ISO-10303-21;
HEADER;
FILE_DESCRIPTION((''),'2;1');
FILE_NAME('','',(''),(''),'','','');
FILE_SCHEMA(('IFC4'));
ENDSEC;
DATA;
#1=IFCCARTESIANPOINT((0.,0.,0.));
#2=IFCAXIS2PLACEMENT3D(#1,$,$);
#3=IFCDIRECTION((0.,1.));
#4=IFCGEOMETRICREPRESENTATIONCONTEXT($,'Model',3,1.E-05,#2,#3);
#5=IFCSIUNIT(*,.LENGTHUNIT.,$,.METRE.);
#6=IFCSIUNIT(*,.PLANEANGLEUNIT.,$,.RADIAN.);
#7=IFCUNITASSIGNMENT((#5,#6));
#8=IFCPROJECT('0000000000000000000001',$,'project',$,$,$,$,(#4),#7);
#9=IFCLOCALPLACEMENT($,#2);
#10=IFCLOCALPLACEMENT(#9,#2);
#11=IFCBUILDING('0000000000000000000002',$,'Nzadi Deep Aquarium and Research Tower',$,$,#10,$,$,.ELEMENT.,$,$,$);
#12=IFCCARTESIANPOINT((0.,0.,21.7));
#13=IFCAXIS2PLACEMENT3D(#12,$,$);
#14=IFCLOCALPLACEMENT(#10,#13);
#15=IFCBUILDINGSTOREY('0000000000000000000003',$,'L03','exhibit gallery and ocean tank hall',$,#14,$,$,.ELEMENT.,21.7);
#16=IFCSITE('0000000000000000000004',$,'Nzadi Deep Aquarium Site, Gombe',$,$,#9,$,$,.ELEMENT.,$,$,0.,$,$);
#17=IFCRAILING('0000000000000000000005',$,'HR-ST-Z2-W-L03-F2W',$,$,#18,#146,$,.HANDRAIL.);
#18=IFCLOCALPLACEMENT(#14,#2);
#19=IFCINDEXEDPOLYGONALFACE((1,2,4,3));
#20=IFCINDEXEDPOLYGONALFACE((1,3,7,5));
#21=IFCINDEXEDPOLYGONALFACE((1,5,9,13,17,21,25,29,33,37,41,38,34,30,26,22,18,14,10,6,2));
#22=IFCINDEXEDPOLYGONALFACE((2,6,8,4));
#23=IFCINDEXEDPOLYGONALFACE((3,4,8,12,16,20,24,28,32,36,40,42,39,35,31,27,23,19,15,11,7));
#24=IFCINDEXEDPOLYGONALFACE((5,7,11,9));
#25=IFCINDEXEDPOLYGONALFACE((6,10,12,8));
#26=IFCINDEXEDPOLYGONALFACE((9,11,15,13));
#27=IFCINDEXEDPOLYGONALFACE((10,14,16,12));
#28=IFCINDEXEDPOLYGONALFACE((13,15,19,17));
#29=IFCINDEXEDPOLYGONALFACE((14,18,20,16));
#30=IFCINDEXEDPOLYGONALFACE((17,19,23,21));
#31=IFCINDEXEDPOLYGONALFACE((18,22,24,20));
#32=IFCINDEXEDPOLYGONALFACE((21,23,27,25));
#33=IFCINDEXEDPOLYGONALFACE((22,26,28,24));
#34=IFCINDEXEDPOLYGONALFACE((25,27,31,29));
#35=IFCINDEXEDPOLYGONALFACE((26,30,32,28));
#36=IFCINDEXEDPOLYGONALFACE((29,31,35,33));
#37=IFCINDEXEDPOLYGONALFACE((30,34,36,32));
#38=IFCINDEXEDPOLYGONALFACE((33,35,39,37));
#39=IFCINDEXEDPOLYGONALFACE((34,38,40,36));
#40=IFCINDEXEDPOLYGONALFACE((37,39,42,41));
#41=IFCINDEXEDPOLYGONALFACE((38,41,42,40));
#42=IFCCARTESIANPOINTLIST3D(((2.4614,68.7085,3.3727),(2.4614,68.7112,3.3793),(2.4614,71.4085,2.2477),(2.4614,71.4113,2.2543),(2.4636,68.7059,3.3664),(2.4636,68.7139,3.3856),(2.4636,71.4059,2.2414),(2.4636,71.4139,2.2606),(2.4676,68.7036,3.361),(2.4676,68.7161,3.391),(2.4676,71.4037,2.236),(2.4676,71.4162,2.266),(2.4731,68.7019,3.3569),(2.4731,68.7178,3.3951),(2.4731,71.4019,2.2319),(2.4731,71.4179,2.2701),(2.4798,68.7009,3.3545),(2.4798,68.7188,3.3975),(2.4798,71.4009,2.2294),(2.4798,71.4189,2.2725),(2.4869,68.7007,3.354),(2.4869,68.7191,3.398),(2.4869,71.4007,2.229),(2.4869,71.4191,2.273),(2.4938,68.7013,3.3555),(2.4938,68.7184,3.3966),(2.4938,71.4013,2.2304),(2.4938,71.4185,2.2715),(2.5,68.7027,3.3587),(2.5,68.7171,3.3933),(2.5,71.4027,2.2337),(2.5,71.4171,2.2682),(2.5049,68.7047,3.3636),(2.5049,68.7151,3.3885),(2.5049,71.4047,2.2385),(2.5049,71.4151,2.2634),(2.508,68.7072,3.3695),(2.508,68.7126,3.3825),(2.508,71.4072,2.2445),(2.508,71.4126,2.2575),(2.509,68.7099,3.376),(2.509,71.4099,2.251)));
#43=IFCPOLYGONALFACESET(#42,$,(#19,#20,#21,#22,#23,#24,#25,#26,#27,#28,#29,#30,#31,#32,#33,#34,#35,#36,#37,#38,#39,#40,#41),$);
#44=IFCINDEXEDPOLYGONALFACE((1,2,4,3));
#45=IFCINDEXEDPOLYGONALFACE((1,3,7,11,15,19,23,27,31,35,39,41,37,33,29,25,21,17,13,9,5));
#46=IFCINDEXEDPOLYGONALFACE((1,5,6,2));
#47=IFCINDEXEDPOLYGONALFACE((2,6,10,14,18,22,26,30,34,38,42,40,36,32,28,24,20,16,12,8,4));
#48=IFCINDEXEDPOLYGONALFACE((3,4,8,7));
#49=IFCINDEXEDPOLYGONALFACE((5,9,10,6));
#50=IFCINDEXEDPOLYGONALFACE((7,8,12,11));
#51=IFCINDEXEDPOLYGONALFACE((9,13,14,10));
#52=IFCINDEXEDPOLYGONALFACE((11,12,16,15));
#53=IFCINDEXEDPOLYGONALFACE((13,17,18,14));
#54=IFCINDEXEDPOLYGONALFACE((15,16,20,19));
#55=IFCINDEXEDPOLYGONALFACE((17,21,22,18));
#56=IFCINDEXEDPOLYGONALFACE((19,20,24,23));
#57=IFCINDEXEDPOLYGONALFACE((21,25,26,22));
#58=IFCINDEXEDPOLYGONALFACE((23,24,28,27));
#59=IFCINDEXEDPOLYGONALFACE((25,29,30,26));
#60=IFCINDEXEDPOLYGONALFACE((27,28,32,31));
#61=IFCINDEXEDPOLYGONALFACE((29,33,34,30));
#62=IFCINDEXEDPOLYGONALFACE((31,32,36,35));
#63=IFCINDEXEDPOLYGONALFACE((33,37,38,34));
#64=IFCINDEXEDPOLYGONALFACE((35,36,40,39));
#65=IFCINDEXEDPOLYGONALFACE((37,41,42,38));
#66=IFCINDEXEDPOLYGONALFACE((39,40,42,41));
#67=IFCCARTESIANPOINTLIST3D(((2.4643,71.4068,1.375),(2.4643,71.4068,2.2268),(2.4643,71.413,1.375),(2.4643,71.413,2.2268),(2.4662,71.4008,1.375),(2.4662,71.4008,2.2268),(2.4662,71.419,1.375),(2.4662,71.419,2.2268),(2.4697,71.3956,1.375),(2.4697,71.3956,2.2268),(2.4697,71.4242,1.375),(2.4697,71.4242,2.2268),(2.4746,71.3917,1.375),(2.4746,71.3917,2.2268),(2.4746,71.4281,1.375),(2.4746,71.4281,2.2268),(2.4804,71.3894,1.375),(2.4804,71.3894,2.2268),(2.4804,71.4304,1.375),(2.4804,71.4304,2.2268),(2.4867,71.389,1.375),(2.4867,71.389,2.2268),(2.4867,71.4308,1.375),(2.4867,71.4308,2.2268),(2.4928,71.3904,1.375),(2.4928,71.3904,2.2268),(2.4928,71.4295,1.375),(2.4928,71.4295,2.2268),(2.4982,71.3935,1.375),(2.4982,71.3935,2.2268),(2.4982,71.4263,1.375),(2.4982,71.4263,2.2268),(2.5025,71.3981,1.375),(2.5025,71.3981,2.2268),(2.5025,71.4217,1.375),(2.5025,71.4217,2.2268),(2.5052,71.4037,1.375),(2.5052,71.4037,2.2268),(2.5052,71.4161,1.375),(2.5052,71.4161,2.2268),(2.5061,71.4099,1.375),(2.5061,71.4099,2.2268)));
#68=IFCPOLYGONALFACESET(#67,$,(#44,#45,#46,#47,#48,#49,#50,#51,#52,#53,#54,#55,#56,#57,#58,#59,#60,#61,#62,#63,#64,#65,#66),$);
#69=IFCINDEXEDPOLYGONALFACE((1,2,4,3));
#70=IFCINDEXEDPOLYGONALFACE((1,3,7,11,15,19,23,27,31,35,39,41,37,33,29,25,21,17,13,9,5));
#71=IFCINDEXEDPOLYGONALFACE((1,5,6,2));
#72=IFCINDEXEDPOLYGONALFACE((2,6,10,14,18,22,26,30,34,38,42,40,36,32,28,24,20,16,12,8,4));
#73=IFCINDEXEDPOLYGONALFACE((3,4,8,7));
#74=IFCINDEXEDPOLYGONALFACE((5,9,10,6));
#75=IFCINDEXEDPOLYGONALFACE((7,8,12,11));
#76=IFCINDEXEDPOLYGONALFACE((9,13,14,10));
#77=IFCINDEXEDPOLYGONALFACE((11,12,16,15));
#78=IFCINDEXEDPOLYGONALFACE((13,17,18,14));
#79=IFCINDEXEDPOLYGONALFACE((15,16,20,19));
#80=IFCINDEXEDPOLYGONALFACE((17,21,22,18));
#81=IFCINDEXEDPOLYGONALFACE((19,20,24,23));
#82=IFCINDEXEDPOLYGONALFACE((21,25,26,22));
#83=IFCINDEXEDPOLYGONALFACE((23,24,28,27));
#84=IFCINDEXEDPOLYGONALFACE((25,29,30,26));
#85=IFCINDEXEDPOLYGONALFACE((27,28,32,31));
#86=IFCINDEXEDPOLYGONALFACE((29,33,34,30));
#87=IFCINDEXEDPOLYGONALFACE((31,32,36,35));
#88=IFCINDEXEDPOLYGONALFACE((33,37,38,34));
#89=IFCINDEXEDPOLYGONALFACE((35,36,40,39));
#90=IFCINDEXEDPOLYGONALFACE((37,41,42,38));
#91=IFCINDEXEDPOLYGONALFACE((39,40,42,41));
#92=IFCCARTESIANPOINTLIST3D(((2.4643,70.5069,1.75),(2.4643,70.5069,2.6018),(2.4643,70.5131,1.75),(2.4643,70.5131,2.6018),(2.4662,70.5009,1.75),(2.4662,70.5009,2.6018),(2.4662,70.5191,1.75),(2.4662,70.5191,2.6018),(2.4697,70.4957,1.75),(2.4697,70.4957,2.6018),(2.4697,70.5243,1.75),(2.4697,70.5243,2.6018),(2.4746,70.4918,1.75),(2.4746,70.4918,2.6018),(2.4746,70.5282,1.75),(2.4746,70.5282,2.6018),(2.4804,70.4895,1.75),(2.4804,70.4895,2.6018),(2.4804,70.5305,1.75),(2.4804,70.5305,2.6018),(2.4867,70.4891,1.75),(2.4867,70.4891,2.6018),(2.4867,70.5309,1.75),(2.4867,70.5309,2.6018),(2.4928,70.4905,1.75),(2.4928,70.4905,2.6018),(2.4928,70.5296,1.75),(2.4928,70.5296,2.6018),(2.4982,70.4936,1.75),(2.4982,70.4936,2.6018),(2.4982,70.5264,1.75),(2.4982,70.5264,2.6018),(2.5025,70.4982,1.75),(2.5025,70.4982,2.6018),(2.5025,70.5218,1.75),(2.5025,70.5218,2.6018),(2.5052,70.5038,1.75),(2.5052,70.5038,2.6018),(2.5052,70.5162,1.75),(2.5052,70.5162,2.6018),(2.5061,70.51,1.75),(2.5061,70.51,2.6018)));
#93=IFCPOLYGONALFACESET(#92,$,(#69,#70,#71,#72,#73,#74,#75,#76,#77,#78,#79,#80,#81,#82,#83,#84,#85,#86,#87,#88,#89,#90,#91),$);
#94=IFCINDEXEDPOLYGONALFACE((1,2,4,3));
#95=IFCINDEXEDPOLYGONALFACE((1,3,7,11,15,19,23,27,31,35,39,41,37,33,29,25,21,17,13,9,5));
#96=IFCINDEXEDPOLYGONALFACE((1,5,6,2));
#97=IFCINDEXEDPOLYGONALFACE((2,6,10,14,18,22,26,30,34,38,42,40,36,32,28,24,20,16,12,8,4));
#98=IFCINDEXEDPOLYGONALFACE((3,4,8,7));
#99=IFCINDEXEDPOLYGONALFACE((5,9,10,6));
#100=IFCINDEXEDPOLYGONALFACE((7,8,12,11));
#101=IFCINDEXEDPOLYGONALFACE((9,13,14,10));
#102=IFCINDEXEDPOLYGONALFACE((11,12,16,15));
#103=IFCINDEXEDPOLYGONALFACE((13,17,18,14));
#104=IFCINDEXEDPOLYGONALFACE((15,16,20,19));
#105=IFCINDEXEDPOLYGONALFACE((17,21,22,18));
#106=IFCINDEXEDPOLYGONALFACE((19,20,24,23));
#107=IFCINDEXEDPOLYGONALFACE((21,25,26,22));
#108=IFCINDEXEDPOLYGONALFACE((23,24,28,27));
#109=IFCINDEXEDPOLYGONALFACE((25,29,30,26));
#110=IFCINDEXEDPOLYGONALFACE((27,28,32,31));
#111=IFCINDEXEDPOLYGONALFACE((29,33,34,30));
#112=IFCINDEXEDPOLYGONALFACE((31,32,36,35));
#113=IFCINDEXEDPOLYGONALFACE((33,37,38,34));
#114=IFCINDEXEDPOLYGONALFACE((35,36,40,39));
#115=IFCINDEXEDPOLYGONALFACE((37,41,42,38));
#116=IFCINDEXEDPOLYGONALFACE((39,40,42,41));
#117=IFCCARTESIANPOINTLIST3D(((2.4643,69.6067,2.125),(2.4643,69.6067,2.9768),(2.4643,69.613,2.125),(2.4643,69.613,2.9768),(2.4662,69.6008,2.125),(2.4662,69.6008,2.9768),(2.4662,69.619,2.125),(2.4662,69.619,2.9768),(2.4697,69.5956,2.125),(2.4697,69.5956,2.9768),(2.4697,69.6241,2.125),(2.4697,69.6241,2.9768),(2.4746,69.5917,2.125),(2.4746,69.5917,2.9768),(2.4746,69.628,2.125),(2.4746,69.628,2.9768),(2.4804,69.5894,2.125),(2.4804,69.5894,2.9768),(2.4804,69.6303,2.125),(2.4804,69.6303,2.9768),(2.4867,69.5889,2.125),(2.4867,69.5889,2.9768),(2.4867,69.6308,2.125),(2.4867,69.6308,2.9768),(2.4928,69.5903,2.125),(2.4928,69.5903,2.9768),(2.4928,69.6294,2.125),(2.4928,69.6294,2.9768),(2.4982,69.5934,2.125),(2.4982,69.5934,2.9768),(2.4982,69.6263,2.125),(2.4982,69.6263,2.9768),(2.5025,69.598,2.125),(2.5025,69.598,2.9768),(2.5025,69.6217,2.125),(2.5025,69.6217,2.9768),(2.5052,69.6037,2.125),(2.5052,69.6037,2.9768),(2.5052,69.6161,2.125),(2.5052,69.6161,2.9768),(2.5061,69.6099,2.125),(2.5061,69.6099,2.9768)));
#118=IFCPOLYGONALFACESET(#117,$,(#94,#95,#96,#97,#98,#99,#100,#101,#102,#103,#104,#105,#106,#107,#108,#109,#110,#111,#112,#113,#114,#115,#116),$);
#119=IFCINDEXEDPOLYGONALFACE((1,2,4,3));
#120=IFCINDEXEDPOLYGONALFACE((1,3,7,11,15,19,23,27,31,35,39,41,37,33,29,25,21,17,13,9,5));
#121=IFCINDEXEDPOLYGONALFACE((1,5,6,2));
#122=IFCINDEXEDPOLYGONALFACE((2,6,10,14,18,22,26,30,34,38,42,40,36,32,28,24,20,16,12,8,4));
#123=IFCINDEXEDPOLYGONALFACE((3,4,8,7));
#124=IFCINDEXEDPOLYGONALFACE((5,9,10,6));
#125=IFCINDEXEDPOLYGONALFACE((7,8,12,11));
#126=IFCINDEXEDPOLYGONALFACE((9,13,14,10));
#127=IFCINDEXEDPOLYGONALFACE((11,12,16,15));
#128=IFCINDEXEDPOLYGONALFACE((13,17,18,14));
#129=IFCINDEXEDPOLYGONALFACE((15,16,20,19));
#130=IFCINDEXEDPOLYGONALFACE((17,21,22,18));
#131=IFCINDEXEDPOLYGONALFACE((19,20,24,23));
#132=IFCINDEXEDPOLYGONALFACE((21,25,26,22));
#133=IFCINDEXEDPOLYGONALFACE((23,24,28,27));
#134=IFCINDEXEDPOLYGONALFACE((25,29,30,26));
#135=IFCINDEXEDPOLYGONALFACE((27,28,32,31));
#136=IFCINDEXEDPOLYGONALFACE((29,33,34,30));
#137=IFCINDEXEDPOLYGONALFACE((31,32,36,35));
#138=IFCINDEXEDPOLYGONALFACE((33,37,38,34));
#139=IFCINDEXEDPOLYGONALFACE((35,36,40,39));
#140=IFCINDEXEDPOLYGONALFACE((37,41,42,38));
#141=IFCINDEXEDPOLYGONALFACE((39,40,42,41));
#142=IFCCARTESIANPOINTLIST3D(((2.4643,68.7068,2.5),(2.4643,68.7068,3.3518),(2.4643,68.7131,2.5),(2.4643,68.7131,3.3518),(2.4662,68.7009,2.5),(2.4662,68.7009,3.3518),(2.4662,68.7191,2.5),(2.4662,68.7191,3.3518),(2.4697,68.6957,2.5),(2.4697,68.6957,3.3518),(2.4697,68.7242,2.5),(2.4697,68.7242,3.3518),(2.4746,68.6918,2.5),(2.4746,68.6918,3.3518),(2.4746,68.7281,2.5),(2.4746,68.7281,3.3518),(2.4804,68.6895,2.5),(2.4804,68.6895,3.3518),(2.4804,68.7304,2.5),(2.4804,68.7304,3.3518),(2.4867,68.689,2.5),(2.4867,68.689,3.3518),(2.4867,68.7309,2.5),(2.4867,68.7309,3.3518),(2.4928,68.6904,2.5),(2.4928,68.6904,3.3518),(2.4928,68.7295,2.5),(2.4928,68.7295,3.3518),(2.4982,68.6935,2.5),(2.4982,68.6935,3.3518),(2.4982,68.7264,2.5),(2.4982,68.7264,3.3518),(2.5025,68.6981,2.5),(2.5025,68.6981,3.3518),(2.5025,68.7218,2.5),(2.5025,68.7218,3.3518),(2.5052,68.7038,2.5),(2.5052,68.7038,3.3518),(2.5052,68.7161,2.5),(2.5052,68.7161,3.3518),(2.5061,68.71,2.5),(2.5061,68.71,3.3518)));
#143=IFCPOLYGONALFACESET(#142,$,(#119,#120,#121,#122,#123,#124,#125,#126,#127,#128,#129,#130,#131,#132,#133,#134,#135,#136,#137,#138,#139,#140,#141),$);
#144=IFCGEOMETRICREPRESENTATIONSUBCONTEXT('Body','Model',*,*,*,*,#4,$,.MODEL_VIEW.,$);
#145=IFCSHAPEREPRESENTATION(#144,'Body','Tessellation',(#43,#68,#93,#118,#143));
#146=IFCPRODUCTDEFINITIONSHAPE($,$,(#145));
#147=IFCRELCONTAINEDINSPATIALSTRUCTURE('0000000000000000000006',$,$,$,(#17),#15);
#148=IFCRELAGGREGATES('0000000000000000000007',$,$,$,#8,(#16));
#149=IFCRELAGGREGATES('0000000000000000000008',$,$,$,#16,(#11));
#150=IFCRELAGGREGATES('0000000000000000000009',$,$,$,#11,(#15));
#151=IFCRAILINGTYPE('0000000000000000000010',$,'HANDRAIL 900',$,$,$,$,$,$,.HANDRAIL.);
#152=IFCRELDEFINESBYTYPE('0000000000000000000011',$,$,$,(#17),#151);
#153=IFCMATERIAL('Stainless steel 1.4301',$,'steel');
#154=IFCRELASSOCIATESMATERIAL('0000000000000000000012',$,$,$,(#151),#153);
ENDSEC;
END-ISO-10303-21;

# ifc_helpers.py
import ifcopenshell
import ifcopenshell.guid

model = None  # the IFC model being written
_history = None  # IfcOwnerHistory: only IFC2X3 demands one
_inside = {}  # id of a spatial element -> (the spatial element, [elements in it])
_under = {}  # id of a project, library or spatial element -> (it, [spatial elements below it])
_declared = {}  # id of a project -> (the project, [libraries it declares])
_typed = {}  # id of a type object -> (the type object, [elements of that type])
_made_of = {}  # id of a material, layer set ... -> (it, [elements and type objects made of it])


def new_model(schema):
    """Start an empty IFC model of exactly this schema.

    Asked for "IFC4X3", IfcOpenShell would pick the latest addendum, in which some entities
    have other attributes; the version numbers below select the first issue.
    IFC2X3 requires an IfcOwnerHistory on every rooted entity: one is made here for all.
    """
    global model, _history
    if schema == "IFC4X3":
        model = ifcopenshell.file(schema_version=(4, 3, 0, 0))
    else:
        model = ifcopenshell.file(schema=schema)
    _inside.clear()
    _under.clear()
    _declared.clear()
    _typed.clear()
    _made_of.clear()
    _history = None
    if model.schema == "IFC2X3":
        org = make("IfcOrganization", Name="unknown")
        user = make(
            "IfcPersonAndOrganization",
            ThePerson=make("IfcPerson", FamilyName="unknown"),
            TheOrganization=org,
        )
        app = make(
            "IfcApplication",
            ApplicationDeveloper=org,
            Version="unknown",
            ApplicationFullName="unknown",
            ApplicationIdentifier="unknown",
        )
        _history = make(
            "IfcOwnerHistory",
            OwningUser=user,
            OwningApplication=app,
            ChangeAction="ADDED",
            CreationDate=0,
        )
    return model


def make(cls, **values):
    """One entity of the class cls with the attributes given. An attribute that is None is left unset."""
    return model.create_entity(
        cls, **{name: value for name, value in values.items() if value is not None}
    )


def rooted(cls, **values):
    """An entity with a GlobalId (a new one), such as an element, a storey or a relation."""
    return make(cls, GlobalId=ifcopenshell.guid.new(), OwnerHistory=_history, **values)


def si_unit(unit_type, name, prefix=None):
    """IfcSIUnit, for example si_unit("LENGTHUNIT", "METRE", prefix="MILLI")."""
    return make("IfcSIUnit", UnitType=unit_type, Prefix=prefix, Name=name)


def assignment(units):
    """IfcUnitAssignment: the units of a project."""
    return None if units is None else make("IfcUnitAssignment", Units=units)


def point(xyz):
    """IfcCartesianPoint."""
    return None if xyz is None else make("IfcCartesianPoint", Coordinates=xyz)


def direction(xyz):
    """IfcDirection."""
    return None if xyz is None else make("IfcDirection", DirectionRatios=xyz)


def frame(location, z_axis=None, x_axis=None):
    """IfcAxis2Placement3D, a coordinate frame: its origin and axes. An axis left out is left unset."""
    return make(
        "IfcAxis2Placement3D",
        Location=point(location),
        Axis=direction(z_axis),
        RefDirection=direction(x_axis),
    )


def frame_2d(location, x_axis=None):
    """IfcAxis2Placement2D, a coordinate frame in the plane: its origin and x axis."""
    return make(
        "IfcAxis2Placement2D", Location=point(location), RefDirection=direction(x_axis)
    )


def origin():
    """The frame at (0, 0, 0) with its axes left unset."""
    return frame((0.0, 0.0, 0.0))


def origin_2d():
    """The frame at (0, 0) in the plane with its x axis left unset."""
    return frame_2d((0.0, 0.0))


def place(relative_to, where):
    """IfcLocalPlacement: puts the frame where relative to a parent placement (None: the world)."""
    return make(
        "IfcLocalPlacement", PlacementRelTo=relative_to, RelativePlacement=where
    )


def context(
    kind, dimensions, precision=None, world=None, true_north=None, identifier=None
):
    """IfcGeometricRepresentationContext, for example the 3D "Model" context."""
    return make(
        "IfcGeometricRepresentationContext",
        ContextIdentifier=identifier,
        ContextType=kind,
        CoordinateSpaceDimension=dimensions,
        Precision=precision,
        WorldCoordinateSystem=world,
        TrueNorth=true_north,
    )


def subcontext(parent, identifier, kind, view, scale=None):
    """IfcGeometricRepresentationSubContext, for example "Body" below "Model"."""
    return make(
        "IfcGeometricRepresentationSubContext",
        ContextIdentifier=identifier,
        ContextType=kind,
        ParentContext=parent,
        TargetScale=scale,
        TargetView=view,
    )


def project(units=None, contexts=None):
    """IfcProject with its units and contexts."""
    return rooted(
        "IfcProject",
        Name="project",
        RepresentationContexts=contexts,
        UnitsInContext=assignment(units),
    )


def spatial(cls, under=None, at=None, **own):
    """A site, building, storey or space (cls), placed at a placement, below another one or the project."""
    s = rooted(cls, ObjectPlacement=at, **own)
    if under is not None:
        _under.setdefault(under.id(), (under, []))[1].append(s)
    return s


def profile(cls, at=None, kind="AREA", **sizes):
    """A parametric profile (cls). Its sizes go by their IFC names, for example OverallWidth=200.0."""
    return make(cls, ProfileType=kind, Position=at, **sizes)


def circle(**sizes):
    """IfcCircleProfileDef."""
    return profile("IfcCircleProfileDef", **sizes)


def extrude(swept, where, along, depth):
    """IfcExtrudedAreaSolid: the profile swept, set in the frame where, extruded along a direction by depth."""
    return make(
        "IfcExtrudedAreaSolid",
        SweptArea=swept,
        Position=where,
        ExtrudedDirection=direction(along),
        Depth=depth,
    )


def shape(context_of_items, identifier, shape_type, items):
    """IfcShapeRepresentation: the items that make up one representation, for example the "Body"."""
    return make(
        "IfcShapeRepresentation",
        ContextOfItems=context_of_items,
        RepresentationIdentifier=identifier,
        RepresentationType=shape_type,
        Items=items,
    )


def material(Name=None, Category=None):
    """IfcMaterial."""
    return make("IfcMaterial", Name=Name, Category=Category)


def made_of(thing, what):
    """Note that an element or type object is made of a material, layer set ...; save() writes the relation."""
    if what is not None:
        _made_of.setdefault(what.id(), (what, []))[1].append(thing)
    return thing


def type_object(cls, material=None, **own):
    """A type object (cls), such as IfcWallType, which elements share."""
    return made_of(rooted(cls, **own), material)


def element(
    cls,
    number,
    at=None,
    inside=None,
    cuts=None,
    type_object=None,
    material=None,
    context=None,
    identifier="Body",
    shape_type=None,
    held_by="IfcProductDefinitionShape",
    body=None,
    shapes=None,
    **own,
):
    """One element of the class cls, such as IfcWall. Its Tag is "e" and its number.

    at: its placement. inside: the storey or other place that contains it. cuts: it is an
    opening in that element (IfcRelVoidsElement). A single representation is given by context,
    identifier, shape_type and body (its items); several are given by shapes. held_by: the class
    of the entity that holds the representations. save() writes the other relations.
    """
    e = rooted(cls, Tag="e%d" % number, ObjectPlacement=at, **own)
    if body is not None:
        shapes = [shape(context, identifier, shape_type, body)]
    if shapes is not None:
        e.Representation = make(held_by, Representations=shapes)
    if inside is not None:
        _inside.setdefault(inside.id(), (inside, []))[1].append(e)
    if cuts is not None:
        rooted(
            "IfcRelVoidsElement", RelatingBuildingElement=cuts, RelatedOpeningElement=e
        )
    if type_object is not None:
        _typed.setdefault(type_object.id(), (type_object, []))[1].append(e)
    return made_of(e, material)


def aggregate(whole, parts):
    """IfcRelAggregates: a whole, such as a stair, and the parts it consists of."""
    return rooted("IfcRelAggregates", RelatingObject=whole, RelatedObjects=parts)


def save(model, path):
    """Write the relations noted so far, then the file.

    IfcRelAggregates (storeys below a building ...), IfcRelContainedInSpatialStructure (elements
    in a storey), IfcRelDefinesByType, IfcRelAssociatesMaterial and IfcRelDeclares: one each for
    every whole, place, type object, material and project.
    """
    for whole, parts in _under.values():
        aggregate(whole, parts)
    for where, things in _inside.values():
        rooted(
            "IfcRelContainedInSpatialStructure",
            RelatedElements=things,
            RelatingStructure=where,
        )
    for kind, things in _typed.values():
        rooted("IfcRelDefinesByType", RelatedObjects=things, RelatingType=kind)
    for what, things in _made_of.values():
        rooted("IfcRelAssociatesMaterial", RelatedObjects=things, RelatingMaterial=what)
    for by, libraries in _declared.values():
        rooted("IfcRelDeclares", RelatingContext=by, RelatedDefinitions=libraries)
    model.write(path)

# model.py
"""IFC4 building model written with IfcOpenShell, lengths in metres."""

from ifc_helpers import new_model, si_unit, direction, frame, origin, origin_2d, place, context, subcontext, project, spatial, circle, extrude, material, type_object, element, save


model = new_model("IFC4")

# Units and contexts
model_context = context("Model", 3, precision=1e-05, world=origin(), true_north=direction((0.0, 1.0)))
body_context = subcontext(model_context, "Body", "Model", "MODEL_VIEW")
ifc_project = project(units=[si_unit("LENGTHUNIT", "METRE"), si_unit("PLANEANGLEUNIT", "RADIAN")], contexts=[model_context])

# Site, building, storey
site_placement = place(None, origin())
site = spatial("IfcSite", under=ifc_project, at=site_placement, Name="Nzadi Deep Aquarium Site, Gombe", CompositionType="ELEMENT", RefElevation=0.0)
building_placement = place(site_placement, origin())
building = spatial("IfcBuilding", under=site, at=building_placement, Name="Nzadi Deep Aquarium and Research Tower", CompositionType="ELEMENT")
storey_placement = place(building_placement, frame((0.0, 0.0, 21.7)))
storey = spatial("IfcBuildingStorey", under=building, at=storey_placement, Name="L03", Description="exhibit gallery and ocean tank hall", CompositionType="ELEMENT", Elevation=21.7)

# Railing
ifc_material_1 = material(Name="Stainless steel 1.4301", Category="steel")
railing_type = type_object("IfcRailingType", Name="HANDRAIL 900", PredefinedType="HANDRAIL", material=ifc_material_1)
for number, where, name in (
    (1, (2.4851, 71.4099, 1.375), "HR-ST-Z2-W-L03-F2W"),
):
    element("IfcRailing", number, at=place(storey_placement, frame(where)), inside=storey, type_object=railing_type, Name=name, PredefinedType="HANDRAIL", context=body_context, shape_type="SweptSolid", body=[
        extrude(circle(Radius=0.0239, at=origin_2d()), frame((0.0, 0.0, 0.876), z_axis=(0.0, -0.923074, 0.384621), x_axis=(1.0, 0.0, 0.0)), (0.0, 0.0, 1.0), 2.925),
        extrude(circle(Radius=0.021, at=origin_2d()), origin(), (0.0, 0.0, 1.0), 0.8518),
        extrude(circle(Radius=0.021, at=origin_2d()), frame((0.0, -0.8999, 0.375)), (0.0, 0.0, 1.0), 0.8518),
        extrude(circle(Radius=0.021, at=origin_2d()), frame((0.0, -1.8, 0.75)), (0.0, 0.0, 1.0), 0.8518),
        extrude(circle(Radius=0.021, at=origin_2d()), frame((0.0, -2.7, 1.125)), (0.0, 0.0, 1.0), 0.8518),
    ])

save(model, "model.ifc")
